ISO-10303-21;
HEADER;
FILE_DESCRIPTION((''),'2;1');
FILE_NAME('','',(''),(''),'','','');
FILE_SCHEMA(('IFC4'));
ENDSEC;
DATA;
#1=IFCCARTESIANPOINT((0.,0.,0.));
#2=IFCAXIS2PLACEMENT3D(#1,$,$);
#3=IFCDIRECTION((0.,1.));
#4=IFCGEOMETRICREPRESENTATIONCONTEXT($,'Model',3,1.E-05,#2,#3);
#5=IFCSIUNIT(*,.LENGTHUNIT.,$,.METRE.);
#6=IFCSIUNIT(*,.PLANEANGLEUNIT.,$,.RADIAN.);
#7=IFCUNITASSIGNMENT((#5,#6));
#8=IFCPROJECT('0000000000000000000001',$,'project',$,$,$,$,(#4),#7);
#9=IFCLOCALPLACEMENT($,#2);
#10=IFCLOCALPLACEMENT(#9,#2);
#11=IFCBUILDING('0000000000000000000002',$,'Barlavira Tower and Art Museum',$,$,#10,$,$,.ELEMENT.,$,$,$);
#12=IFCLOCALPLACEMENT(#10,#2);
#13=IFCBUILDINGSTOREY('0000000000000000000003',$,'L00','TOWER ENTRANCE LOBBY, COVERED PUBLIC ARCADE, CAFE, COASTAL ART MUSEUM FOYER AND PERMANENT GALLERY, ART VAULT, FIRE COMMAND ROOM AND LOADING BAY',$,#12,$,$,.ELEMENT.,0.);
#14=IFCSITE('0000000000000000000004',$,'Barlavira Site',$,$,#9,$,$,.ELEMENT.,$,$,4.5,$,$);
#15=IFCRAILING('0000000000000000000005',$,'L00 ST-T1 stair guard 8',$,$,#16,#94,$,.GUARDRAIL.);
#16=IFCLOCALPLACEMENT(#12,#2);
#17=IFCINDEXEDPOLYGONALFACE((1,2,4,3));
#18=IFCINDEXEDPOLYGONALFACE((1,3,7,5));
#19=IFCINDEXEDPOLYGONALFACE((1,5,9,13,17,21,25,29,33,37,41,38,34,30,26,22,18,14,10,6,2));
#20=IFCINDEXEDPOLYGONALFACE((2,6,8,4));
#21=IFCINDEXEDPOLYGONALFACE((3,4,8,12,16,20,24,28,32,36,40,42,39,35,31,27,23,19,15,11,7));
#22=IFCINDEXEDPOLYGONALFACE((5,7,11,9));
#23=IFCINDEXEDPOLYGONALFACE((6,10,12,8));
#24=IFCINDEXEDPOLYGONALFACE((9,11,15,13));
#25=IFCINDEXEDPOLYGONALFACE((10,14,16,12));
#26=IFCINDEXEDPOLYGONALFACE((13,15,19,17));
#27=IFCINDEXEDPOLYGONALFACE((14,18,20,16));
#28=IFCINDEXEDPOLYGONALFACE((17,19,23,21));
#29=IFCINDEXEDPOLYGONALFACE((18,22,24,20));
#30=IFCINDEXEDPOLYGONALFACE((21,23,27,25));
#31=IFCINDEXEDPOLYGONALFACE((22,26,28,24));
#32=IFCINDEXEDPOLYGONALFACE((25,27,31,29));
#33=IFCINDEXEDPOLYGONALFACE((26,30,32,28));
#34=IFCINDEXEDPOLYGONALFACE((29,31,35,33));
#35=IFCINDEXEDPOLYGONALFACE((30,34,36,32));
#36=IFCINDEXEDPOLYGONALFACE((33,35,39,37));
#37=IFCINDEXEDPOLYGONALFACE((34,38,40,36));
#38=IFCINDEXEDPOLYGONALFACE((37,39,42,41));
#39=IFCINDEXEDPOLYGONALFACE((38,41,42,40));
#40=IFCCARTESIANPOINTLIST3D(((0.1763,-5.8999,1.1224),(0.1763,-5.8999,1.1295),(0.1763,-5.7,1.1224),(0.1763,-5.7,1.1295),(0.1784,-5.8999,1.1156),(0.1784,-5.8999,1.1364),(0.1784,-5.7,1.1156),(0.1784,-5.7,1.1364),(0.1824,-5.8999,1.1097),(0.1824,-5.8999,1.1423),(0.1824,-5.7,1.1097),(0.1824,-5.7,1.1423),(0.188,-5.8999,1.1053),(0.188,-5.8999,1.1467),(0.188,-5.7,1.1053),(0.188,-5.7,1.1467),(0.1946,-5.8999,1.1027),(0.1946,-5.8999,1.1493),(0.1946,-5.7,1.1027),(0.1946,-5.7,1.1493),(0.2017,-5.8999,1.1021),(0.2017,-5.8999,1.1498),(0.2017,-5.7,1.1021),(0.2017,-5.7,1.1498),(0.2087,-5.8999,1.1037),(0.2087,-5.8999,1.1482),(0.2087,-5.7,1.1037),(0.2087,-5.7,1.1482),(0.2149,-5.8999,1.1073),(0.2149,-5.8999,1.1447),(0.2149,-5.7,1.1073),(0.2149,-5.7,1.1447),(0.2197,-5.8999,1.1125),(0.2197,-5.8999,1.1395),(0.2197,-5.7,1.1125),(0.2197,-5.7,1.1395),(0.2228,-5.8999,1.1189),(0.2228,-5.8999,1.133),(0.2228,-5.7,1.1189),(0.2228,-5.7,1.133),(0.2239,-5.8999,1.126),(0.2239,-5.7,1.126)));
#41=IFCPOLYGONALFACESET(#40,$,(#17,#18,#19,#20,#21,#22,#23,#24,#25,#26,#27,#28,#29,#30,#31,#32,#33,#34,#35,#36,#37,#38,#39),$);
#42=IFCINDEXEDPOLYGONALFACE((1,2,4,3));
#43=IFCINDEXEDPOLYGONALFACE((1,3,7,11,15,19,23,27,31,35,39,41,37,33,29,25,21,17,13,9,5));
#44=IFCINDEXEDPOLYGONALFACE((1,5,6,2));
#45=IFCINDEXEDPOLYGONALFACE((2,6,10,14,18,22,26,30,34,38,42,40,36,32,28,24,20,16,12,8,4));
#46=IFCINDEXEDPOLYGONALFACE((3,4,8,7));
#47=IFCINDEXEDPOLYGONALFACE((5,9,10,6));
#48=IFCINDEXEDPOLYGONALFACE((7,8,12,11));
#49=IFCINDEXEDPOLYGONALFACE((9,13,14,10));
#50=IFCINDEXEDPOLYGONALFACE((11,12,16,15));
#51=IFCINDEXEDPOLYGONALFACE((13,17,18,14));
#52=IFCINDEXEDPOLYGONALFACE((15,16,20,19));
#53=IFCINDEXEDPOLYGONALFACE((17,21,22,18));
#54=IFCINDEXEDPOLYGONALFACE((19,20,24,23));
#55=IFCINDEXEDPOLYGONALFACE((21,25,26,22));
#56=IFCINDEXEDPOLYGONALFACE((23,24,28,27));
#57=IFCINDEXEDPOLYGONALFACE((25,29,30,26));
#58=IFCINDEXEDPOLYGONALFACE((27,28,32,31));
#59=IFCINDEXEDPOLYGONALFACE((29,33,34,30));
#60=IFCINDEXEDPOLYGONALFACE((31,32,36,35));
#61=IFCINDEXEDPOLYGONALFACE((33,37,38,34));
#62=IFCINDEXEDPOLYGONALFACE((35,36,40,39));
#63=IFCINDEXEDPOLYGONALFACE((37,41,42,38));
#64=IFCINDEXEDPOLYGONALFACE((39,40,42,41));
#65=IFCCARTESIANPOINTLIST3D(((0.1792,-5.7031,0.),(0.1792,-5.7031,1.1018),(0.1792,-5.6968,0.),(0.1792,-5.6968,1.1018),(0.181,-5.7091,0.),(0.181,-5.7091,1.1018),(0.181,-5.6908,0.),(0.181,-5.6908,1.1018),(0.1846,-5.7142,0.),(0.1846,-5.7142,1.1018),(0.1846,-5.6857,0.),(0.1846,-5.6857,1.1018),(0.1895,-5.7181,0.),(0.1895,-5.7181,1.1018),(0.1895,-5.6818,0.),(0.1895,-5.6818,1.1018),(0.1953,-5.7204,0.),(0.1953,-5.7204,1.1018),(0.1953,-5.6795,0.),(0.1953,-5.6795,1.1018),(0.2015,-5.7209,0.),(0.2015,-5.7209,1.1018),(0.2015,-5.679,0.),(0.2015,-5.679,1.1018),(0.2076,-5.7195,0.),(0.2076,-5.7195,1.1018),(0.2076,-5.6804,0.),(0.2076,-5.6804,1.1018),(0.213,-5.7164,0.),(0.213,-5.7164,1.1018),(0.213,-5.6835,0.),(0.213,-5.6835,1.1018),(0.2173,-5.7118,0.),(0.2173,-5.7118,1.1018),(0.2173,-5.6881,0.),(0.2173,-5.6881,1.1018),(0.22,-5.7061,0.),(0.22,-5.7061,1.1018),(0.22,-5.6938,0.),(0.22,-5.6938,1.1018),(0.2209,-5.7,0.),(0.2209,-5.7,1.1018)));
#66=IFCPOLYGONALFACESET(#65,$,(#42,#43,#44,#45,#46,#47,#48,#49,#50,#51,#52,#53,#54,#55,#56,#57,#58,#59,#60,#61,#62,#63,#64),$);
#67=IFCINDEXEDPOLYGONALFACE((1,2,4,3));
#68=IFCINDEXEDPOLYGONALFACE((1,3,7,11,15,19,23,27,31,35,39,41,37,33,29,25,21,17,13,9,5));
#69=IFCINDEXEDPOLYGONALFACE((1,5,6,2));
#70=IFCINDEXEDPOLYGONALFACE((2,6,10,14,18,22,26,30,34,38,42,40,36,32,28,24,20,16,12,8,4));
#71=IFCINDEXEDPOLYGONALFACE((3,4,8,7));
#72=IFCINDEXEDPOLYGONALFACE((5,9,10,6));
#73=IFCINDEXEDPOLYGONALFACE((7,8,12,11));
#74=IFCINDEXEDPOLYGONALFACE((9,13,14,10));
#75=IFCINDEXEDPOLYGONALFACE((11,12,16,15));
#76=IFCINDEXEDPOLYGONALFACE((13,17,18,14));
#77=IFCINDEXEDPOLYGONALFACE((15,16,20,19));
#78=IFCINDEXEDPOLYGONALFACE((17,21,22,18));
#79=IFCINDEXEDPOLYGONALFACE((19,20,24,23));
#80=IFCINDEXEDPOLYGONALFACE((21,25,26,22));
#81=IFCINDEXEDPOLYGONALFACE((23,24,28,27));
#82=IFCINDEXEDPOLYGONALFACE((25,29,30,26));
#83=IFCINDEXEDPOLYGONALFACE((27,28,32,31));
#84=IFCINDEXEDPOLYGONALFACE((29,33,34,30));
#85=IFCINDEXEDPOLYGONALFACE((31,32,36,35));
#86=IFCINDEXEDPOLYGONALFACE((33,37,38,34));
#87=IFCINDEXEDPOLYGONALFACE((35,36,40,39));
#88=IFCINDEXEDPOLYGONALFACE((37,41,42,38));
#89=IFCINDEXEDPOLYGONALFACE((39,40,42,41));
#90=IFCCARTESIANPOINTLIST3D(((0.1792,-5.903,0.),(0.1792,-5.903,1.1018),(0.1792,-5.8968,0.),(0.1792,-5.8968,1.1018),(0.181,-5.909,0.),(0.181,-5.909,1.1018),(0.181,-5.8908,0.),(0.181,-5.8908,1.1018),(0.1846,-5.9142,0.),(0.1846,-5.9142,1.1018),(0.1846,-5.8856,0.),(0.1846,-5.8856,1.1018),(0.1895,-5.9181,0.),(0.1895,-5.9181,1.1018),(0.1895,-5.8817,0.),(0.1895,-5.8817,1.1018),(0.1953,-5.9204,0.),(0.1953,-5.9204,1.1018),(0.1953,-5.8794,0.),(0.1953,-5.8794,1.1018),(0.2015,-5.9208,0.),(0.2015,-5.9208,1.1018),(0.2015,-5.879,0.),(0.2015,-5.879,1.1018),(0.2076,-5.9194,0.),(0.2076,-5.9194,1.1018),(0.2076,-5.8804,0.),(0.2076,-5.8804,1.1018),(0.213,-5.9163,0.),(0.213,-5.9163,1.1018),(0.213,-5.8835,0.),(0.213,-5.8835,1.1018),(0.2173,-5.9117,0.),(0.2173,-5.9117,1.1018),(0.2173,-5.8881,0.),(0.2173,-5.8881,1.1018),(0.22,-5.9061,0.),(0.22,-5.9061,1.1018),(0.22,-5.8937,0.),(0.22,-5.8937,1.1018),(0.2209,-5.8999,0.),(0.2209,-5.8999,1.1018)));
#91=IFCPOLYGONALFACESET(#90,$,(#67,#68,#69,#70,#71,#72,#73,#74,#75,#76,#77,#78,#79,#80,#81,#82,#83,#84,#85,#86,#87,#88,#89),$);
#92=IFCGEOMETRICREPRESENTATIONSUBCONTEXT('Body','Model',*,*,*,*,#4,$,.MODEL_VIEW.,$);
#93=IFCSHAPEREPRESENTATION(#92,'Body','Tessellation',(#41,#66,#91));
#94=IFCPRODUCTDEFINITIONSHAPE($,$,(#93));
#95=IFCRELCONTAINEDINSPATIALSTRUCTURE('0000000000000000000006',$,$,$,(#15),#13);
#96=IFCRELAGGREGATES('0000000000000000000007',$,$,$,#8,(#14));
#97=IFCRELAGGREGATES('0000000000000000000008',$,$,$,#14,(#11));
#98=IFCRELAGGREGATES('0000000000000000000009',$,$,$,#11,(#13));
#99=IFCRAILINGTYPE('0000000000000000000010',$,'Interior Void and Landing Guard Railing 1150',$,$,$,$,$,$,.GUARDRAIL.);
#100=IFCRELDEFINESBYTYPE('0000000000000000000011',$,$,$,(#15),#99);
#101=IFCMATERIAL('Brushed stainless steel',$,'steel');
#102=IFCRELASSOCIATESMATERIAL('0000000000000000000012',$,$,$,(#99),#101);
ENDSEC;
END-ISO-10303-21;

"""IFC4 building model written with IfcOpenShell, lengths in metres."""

from ifc_helpers import new_model, si_unit, direction, frame, origin, origin_2d, place, context, subcontext, project, spatial, circle, extrude, material, type_object, element, save


model = new_model("IFC4")

# Units and contexts
model_context = context("Model", 3, precision=1e-05, world=origin(), true_north=direction((0.0, 1.0)))
body_context = subcontext(model_context, "Body", "Model", "MODEL_VIEW")
ifc_project = project(units=[si_unit("LENGTHUNIT", "METRE"), si_unit("PLANEANGLEUNIT", "RADIAN")], contexts=[model_context])

# Site, building, storey
site_placement = place(None, origin())
site = spatial("IfcSite", under=ifc_project, at=site_placement, Name="Barlavira Site", CompositionType="ELEMENT", RefElevation=4.5)
building_placement = place(site_placement, origin())
building = spatial("IfcBuilding", under=site, at=building_placement, Name="Barlavira Tower and Art Museum", CompositionType="ELEMENT")
storey_placement = place(building_placement, origin())
storey = spatial("IfcBuildingStorey", under=building, at=storey_placement, Name="L00", Description="TOWER ENTRANCE LOBBY, COVERED PUBLIC ARCADE, CAFE, COASTAL ART MUSEUM FOYER AND PERMANENT GALLERY, ART VAULT, FIRE COMMAND ROOM AND LOADING BAY", CompositionType="ELEMENT", Elevation=0.0)

# Shared definitions
ifc_material_1 = material(Name="Brushed stainless steel", Category="steel")

# Railing
railing_type_1 = type_object("IfcRailingType", Name="Interior Void and Landing Guard Railing 1150", PredefinedType="GUARDRAIL", material=ifc_material_1)
railing_1_placement = place(storey_placement, frame((0.2, -5.7, 0.0)))
element("IfcRailing", 1, at=railing_1_placement, inside=storey, type_object=railing_type_1, Name="L00 ST-T1 stair guard 8", PredefinedType="GUARDRAIL", context=body_context, shape_type="SweptSolid", body=[
    extrude(circle(Radius=0.0239, at=origin_2d()), frame((0.0, 0.0, 1.126), z_axis=(0.0, -1.0, 0.0), x_axis=(1.0, 0.0, 0.0)), (0.0, 0.0, 1.0), 0.2),
    extrude(circle(Radius=0.021, at=origin_2d()), origin(), (0.0, 0.0, 1.0), 1.1018),
    extrude(circle(Radius=0.021, at=origin_2d()), frame((0.0, -0.2, 0.0)), (0.0, 0.0, 1.0), 1.1018),
])

save(model, "model.ifc")
